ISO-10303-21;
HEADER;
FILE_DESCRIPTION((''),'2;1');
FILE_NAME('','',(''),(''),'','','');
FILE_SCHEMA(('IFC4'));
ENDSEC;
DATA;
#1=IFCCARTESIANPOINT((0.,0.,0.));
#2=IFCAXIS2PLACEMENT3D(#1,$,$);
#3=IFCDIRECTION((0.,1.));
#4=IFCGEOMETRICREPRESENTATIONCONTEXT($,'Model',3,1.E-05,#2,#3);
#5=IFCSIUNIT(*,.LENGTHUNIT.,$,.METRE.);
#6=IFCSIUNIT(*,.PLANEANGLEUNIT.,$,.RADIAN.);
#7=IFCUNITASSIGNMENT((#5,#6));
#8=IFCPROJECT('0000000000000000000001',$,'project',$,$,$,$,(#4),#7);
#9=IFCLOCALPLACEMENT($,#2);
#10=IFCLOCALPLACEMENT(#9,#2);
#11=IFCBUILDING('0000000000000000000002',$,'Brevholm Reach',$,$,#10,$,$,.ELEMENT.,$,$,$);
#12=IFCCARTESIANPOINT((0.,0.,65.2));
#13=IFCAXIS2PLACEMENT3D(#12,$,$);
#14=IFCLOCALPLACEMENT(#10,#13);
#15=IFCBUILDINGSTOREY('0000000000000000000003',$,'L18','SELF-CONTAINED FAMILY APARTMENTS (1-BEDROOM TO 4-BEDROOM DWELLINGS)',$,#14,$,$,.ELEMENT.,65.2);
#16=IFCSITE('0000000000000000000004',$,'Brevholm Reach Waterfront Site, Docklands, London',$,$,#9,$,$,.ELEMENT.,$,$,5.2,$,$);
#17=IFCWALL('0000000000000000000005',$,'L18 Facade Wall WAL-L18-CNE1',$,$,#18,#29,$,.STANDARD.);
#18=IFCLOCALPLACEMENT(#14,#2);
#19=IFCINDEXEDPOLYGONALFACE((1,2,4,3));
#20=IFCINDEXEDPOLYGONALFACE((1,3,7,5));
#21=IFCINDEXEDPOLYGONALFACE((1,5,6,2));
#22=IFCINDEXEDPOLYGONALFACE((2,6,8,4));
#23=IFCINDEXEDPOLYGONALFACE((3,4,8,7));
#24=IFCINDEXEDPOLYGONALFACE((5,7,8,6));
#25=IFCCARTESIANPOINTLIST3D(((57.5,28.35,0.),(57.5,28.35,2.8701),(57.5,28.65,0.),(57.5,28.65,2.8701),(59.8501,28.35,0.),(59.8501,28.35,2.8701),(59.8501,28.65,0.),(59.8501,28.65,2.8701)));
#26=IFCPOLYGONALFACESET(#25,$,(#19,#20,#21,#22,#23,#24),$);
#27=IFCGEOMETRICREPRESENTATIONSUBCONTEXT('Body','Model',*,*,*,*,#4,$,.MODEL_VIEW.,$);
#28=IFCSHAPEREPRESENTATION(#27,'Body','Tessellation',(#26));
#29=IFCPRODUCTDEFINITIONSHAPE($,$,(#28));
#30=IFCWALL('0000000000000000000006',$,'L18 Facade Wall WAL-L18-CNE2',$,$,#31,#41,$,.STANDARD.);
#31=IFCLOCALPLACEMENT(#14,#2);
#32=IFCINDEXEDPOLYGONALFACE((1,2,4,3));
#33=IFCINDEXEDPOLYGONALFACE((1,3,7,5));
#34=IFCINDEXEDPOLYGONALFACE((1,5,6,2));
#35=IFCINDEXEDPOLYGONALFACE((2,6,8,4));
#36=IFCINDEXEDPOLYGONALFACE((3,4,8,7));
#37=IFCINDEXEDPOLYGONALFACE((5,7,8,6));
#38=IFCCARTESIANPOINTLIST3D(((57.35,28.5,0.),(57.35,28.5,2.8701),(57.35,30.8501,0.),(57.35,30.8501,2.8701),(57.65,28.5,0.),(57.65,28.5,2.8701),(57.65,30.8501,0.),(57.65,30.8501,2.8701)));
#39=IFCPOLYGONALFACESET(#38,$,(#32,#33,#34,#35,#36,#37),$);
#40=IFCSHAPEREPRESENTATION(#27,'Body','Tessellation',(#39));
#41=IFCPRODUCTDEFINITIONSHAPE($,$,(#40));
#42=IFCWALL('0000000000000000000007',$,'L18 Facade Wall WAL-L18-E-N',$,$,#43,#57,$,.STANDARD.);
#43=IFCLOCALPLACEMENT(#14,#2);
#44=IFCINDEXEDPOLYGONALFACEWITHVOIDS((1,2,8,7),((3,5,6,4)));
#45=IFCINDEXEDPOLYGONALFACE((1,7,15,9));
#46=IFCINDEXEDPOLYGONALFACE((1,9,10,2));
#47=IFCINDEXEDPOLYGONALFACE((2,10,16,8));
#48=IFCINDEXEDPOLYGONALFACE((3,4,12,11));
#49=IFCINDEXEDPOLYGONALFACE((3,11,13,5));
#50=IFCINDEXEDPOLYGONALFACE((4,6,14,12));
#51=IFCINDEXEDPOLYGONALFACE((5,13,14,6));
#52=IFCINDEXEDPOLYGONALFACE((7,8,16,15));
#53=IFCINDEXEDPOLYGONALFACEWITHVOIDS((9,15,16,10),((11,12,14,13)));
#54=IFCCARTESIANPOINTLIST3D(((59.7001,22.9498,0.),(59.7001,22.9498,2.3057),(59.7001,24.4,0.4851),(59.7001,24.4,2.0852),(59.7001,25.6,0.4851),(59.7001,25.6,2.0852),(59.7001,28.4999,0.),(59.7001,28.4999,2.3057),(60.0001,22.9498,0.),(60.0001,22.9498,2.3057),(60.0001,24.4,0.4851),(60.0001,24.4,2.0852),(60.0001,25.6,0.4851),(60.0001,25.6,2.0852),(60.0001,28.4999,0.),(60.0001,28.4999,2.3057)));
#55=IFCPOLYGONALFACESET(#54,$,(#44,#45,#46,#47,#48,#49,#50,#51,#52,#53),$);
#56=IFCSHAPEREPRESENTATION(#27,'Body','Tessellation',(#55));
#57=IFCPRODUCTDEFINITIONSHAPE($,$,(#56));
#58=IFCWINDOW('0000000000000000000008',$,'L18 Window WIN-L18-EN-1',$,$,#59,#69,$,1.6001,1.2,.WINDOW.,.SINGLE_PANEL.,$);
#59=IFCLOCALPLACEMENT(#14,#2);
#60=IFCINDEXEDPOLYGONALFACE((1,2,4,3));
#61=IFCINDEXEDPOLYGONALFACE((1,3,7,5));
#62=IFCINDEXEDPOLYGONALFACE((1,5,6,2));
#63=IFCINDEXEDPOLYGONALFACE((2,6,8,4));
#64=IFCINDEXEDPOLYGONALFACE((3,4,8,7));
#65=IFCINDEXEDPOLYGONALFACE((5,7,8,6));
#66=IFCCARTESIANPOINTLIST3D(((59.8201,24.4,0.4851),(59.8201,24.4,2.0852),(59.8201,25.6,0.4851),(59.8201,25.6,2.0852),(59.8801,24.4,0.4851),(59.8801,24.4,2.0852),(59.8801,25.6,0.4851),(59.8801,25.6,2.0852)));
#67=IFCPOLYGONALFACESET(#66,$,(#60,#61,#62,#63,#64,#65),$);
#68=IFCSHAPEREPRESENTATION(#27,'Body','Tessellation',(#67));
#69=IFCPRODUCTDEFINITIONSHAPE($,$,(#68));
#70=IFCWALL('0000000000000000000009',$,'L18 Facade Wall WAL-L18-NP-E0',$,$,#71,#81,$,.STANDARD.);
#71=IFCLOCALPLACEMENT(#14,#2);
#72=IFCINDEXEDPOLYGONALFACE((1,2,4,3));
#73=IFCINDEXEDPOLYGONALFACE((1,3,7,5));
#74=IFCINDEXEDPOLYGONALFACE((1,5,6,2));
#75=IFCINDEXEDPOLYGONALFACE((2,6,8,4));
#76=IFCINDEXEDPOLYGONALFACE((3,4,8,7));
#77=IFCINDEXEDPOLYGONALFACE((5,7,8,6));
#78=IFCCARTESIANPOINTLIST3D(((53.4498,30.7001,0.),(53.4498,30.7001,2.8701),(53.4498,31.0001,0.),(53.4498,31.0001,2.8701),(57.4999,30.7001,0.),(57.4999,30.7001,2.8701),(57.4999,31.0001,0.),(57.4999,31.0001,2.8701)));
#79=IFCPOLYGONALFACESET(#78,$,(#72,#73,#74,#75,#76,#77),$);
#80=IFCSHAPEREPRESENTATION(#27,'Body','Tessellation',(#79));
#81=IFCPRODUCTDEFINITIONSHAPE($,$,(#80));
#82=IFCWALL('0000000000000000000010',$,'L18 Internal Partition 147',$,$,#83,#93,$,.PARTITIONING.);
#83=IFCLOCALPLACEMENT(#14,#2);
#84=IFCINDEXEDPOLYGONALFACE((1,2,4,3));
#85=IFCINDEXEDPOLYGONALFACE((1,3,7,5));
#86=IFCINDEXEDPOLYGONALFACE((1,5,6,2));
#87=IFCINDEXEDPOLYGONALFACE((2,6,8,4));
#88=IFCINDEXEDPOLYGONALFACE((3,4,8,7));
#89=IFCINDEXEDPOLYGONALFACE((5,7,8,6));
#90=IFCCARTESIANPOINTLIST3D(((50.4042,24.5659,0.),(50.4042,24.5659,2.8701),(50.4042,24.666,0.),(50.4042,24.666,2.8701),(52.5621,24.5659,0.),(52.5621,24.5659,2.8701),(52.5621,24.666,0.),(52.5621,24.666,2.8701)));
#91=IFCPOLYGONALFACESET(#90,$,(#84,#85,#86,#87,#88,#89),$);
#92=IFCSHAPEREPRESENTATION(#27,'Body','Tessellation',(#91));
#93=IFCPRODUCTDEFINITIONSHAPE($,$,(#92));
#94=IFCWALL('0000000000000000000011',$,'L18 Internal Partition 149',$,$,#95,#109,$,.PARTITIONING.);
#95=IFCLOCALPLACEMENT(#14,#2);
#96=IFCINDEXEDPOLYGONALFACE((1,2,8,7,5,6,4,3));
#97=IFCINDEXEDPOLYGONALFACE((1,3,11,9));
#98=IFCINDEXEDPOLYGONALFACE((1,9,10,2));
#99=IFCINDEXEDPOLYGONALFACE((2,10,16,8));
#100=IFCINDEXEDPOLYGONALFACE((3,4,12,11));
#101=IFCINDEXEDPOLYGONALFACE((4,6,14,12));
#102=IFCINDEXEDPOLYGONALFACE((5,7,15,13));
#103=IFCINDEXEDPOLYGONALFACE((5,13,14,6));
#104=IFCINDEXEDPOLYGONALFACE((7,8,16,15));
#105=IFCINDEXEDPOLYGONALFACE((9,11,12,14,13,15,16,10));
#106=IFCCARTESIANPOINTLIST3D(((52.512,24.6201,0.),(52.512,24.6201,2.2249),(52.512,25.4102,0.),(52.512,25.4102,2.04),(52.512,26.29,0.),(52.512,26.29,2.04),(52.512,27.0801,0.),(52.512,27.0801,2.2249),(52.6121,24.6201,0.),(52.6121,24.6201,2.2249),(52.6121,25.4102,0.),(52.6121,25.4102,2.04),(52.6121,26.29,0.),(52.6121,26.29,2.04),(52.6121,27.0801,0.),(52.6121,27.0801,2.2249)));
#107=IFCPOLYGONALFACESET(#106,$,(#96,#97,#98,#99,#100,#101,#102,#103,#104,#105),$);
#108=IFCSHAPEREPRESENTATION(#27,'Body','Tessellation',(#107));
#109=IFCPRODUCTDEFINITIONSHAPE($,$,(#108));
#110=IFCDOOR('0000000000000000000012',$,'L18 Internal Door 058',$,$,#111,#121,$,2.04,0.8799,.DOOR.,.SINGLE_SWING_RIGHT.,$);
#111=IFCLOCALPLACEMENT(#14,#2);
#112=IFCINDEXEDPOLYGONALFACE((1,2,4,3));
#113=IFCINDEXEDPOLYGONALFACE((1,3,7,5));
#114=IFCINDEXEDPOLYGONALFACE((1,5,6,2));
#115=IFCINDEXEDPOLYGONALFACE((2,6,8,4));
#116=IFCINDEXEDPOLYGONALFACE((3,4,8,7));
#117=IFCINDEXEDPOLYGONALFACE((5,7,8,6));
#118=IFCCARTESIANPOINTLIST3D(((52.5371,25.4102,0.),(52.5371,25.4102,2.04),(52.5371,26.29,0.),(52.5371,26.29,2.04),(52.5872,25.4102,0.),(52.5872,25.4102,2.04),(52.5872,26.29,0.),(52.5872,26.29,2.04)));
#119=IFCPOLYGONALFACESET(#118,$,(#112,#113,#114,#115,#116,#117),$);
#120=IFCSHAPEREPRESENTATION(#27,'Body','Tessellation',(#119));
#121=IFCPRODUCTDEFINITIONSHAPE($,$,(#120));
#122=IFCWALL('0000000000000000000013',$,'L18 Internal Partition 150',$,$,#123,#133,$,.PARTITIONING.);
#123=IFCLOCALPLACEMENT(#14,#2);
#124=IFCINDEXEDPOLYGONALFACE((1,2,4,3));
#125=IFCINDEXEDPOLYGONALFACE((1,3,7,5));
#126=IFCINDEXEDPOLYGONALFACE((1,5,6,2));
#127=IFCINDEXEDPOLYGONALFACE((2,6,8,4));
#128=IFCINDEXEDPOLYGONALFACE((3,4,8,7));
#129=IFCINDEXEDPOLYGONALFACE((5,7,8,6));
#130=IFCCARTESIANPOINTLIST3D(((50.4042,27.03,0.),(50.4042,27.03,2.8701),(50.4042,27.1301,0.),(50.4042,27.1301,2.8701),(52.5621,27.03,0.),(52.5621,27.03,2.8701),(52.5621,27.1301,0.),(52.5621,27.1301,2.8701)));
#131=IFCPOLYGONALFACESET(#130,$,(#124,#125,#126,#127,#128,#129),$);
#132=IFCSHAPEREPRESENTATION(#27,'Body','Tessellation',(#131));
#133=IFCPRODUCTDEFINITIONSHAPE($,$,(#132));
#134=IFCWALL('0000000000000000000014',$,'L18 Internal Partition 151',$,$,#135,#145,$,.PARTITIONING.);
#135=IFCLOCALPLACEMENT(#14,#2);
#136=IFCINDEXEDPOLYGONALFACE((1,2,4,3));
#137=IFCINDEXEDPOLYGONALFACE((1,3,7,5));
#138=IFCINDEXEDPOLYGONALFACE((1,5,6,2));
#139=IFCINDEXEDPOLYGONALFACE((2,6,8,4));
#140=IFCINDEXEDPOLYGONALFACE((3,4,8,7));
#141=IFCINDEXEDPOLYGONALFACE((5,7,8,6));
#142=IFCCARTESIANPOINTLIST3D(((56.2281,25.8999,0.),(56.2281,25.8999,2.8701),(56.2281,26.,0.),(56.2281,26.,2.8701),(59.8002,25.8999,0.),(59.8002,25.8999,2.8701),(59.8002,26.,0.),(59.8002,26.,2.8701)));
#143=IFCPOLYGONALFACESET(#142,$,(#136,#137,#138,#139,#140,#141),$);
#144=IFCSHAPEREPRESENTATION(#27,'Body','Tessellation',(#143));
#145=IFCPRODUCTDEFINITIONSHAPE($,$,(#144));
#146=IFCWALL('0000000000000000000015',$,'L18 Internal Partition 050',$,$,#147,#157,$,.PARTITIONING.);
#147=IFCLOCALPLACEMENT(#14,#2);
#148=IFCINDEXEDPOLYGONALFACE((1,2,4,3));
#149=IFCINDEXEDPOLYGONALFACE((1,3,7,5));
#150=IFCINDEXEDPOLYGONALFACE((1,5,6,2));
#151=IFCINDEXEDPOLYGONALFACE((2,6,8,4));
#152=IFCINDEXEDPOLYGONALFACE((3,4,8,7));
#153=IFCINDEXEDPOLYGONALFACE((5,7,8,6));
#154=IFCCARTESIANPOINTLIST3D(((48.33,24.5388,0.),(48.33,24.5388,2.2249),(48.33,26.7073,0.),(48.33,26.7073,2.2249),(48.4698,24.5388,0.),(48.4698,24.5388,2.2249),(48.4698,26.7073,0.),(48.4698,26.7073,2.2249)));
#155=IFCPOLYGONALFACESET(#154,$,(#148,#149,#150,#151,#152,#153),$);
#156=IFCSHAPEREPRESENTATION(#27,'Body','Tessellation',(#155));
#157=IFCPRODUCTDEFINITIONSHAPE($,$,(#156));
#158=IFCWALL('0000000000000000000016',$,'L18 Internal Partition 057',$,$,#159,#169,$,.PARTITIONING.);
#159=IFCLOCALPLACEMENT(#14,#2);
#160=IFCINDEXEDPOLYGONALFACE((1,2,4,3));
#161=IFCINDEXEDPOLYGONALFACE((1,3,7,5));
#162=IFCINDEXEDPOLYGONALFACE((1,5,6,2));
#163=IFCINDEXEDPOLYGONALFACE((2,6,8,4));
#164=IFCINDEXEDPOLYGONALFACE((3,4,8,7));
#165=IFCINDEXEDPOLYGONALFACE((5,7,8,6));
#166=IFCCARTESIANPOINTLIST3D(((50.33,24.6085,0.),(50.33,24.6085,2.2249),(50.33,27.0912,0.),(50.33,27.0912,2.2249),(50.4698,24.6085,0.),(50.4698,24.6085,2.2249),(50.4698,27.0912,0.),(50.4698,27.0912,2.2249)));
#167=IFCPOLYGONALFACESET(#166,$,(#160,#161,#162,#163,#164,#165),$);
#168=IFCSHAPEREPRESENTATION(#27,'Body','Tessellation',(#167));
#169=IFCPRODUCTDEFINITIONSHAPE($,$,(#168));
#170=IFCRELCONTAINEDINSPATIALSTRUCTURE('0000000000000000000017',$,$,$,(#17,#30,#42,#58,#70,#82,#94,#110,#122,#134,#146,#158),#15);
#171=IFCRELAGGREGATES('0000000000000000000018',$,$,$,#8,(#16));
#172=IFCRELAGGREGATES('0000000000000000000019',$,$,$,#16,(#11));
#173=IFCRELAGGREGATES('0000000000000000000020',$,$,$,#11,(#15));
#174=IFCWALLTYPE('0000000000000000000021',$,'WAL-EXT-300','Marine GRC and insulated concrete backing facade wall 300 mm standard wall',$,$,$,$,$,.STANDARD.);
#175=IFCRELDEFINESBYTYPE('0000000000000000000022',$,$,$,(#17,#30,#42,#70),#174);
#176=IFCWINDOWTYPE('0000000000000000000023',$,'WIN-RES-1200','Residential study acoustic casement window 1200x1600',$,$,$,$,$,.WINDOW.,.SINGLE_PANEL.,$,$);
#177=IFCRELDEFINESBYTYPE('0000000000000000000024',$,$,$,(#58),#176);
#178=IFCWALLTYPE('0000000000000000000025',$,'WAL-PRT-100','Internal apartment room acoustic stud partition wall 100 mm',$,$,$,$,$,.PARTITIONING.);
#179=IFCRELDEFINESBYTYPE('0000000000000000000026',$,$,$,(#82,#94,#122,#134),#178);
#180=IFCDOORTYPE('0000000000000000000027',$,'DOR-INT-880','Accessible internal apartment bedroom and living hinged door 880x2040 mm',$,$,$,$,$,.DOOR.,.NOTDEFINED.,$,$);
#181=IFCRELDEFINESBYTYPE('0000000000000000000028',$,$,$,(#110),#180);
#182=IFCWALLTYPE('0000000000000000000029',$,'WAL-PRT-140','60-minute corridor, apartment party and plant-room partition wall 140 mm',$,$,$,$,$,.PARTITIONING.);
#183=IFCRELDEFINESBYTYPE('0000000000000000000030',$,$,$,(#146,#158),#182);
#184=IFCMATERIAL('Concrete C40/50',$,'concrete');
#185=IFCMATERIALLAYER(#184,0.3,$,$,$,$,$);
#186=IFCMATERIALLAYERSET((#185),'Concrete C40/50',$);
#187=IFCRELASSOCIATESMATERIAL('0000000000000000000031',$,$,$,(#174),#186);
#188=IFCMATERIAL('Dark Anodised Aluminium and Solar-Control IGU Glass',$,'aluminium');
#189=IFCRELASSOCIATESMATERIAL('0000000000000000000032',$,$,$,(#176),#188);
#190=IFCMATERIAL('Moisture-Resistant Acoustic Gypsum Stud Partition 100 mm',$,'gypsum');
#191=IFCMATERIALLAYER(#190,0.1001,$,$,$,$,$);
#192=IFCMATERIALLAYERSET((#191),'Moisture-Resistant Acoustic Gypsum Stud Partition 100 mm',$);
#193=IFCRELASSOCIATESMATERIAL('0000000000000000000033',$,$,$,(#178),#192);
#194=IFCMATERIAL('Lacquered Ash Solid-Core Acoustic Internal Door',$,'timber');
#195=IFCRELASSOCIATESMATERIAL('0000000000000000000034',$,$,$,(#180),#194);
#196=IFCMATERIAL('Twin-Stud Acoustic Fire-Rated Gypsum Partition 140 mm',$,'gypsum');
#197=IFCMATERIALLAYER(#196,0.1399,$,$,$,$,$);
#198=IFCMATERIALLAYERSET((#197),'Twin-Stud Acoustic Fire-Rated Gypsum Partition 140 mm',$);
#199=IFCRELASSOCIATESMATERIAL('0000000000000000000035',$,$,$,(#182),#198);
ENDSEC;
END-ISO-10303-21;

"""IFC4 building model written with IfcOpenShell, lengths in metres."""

from ifc_helpers import new_model, si_unit, direction, frame, frame_2d, origin, place, context, subcontext, project, spatial, rectangle, extrude, material, layer, layer_set, type_object, element, fill, save


model = new_model("IFC4")

# Units and contexts
model_context = context("Model", 3, precision=1e-05, world=origin(), true_north=direction((0.0, 1.0)))
body_context = subcontext(model_context, "Body", "Model", "MODEL_VIEW")
ifc_project = project(units=[si_unit("LENGTHUNIT", "METRE"), si_unit("PLANEANGLEUNIT", "RADIAN")], contexts=[model_context])

# Site, building, storey
site_placement = place(None, origin())
site = spatial("IfcSite", under=ifc_project, at=site_placement, Name="Brevholm Reach Waterfront Site, Docklands, London", CompositionType="ELEMENT", RefElevation=5.2)
building_placement = place(site_placement, origin())
building = spatial("IfcBuilding", under=site, at=building_placement, Name="Brevholm Reach", CompositionType="ELEMENT")
storey_placement = place(building_placement, frame((0.0, 0.0, 65.2)))
storey = spatial("IfcBuildingStorey", under=building, at=storey_placement, Name="L18", Description="SELF-CONTAINED FAMILY APARTMENTS (1-BEDROOM TO 4-BEDROOM DWELLINGS)", CompositionType="ELEMENT", Elevation=65.2)

# Walls
ifc_material_1 = material(Name="Concrete C40/50", Category="concrete")
ifc_layer_1 = layer(ifc_material_1, 0.3)
ifc_layer_set_1 = layer_set([ifc_layer_1], Name="Concrete C40/50")
wall_type_1 = type_object("IfcWallType", Name="WAL-EXT-300", Description="Marine GRC and insulated concrete backing facade wall 300 mm standard wall", PredefinedType="STANDARD", material=ifc_layer_set_1)
for number, where, z_axis, x_axis, name in (
    (1, (59.8501, 28.5, 0.0), (0.0, 0.0, 1.0), (-1.0, 0.0, 0.0), "L18 Facade Wall WAL-L18-CNE1"),
    (2, (57.5, 28.5, 0.0), (0.0, 0.0, 1.0), (0.0, 1.0, 0.0), "L18 Facade Wall WAL-L18-CNE2"),
):
    element("IfcWall", number, at=place(storey_placement, frame(where, z_axis=z_axis, x_axis=x_axis)), inside=storey, type_object=wall_type_1, Name=name, PredefinedType="STANDARD", context=body_context, shape_type="SweptSolid", body=[
        extrude(rectangle(XDim=2.3501, YDim=0.3, at=frame_2d((1.175, 0.0))), origin(), (0.0, 0.0, 1.0), 2.8701),
    ])

# Wall, opening, window
wall_1_placement = place(storey_placement, frame((59.8501, 22.95, 0.0), z_axis=(0.0, 0.0, 1.0), x_axis=(0.0, 1.0, 0.0)))
wall_1 = element("IfcWall", 3, at=wall_1_placement, inside=storey, type_object=wall_type_1, Name="L18 Facade Wall WAL-L18-E-N", PredefinedType="STANDARD", context=body_context, shape_type="SweptSolid", body=[
    extrude(rectangle(XDim=5.55, YDim=0.3, at=frame_2d((2.7749, 0.0))), origin(), (0.0, 0.0, 1.0), 2.3057),
])
opening_1_placement = place(wall_1_placement, frame((1.45, 0.0, 0.4851)))
opening_1 = element("IfcOpeningElement", 4, at=opening_1_placement, cuts=wall_1, PredefinedType="OPENING", context=body_context, shape_type="SweptSolid", body=[
    extrude(rectangle(XDim=1.2, YDim=1.6001, at=frame_2d((0.6001, 0.8))), frame((0.0, 0.1599, 0.0), z_axis=(0.0, -1.0, 0.0), x_axis=(1.0, 0.0, 0.0)), (0.0, 0.0, 1.0), 0.3201),
])
ifc_material_2 = material(Name="Dark Anodised Aluminium and Solar-Control IGU Glass", Category="aluminium")
window_type = type_object("IfcWindowType", Name="WIN-RES-1200", Description="Residential study acoustic casement window 1200x1600", PartitioningType="SINGLE_PANEL", PredefinedType="WINDOW", material=ifc_material_2)
window_placement = place(opening_1_placement, origin())
window = element("IfcWindow", 5, at=window_placement, inside=storey, type_object=window_type, Name="L18 Window WIN-L18-EN-1", OverallHeight=1.6001, OverallWidth=1.2, PartitioningType="SINGLE_PANEL", PredefinedType="WINDOW", context=body_context, shape_type="SweptSolid", body=[
    extrude(rectangle(XDim=1.2, YDim=1.6001, at=frame_2d((0.6001, 0.8))), frame((0.0, 0.03, 0.0), z_axis=(0.0, -1.0, 0.0), x_axis=(1.0, 0.0, 0.0)), (0.0, 0.0, 1.0), 0.0601),
])
fill(opening_1, window)

# Walls
wall_2_placement = place(storey_placement, frame((53.45, 30.8501, 0.0), z_axis=(0.0, 0.0, 1.0), x_axis=(1.0, 0.0, 0.0)))
element("IfcWall", 6, at=wall_2_placement, inside=storey, type_object=wall_type_1, Name="L18 Facade Wall WAL-L18-NP-E0", PredefinedType="STANDARD", context=body_context, shape_type="SweptSolid", body=[
    extrude(rectangle(XDim=4.05, YDim=0.3, at=frame_2d((2.0249, 0.0))), origin(), (0.0, 0.0, 1.0), 2.8701),
])
ifc_material_3 = material(Name="Moisture-Resistant Acoustic Gypsum Stud Partition 100 mm", Category="gypsum")
ifc_layer_2 = layer(ifc_material_3, 0.1001)
ifc_layer_set_2 = layer_set([ifc_layer_2], Name="Moisture-Resistant Acoustic Gypsum Stud Partition 100 mm")
wall_type_2 = type_object("IfcWallType", Name="WAL-PRT-100", Description="Internal apartment room acoustic stud partition wall 100 mm", PredefinedType="PARTITIONING", material=ifc_layer_set_2)
wall_3_placement = place(storey_placement, frame((50.4041, 24.616, 0.0), z_axis=(0.0, 0.0, 1.0), x_axis=(1.0, 0.0, 0.0)))
element("IfcWall", 7, at=wall_3_placement, inside=storey, type_object=wall_type_2, Name="L18 Internal Partition 147", PredefinedType="PARTITIONING", context=body_context, shape_type="SweptSolid", body=[
    extrude(rectangle(XDim=2.158, YDim=0.1001, at=frame_2d((1.0791, 0.0))), origin(), (0.0, 0.0, 1.0), 2.8701),
])

# Wall, opening, door
wall_4_placement = place(storey_placement, frame((52.562, 24.6201, 0.0), z_axis=(0.0, 0.0, 1.0), x_axis=(0.0, 1.0, 0.0)))
wall_4 = element("IfcWall", 8, at=wall_4_placement, inside=storey, type_object=wall_type_2, Name="L18 Internal Partition 149", PredefinedType="PARTITIONING", context=body_context, shape_type="SweptSolid", body=[
    extrude(rectangle(XDim=2.46, YDim=0.1001, at=frame_2d((1.23, 0.0))), origin(), (0.0, 0.0, 1.0), 2.2249),
])
opening_2_placement = place(wall_4_placement, frame((0.79, 0.0, 0.0)))
opening_2 = element("IfcOpeningElement", 9, at=opening_2_placement, cuts=wall_4, PredefinedType="OPENING", context=body_context, shape_type="SweptSolid", body=[
    extrude(rectangle(XDim=0.8799, YDim=2.04, at=frame_2d((0.4399, 1.02))), frame((0.0, 0.0601, 0.0), z_axis=(0.0, -1.0, 0.0), x_axis=(1.0, 0.0, 0.0)), (0.0, 0.0, 1.0), 0.1201),
])
ifc_material_4 = material(Name="Lacquered Ash Solid-Core Acoustic Internal Door", Category="timber")
door_type_1 = type_object("IfcDoorType", Name="DOR-INT-880", Description="Accessible internal apartment bedroom and living hinged door 880x2040 mm", OperationType="NOTDEFINED", PredefinedType="DOOR", material=ifc_material_4)
door_1_placement = place(opening_2_placement, origin())
door_1 = element("IfcDoor", 10, at=door_1_placement, inside=storey, type_object=door_type_1, Name="L18 Internal Door 058", OperationType="SINGLE_SWING_RIGHT", OverallHeight=2.04, OverallWidth=0.8799, PredefinedType="DOOR", context=body_context, shape_type="SweptSolid", body=[
    extrude(rectangle(XDim=0.8799, YDim=2.04, at=frame_2d((0.4399, 1.02))), frame((0.0, 0.0249, 0.0), z_axis=(0.0, -1.0, 0.0), x_axis=(1.0, 0.0, 0.0)), (0.0, 0.0, 1.0), 0.05),
])
fill(opening_2, door_1)

# Walls
wall_5_placement = place(storey_placement, frame((50.4041, 27.0801, 0.0), z_axis=(0.0, 0.0, 1.0), x_axis=(1.0, 0.0, 0.0)))
element("IfcWall", 11, at=wall_5_placement, inside=storey, type_object=wall_type_2, Name="L18 Internal Partition 150", PredefinedType="PARTITIONING", context=body_context, shape_type="SweptSolid", body=[
    extrude(rectangle(XDim=2.158, YDim=0.1001, at=frame_2d((1.0791, 0.0))), origin(), (0.0, 0.0, 1.0), 2.8701),
])
wall_6_placement = place(storey_placement, frame((56.228, 25.95, 0.0), z_axis=(0.0, 0.0, 1.0), x_axis=(1.0, 0.0, 0.0)))
element("IfcWall", 12, at=wall_6_placement, inside=storey, type_object=wall_type_2, Name="L18 Internal Partition 151", PredefinedType="PARTITIONING", context=body_context, shape_type="SweptSolid", body=[
    extrude(rectangle(XDim=3.572, YDim=0.1001, at=frame_2d((1.7861, 0.0))), origin(), (0.0, 0.0, 1.0), 2.8701),
])
ifc_material_5 = material(Name="Twin-Stud Acoustic Fire-Rated Gypsum Partition 140 mm", Category="gypsum")
ifc_layer_3 = layer(ifc_material_5, 0.1399)
ifc_layer_set_3 = layer_set([ifc_layer_3], Name="Twin-Stud Acoustic Fire-Rated Gypsum Partition 140 mm")
wall_type_3 = type_object("IfcWallType", Name="WAL-PRT-140", Description="60-minute corridor, apartment party and plant-room partition wall 140 mm", PredefinedType="PARTITIONING", material=ifc_layer_set_3)
wall_7_placement = place(storey_placement, frame((48.3999, 24.5388, 0.0), z_axis=(0.0, 0.0, 1.0), x_axis=(0.0, 1.0, 0.0)))
element("IfcWall", 13, at=wall_7_placement, inside=storey, type_object=wall_type_3, Name="L18 Internal Partition 050", PredefinedType="PARTITIONING", context=body_context, shape_type="SweptSolid", body=[
    extrude(rectangle(XDim=2.1685, YDim=0.1399, at=frame_2d((1.0842, 0.0))), origin(), (0.0, 0.0, 1.0), 2.2249),
])
wall_8_placement = place(storey_placement, frame((50.3999, 24.6086, 0.0), z_axis=(0.0, 0.0, 1.0), x_axis=(0.0, 1.0, 0.0)))
element("IfcWall", 14, at=wall_8_placement, inside=storey, type_object=wall_type_3, Name="L18 Internal Partition 057", PredefinedType="PARTITIONING", context=body_context, shape_type="SweptSolid", body=[
    extrude(rectangle(XDim=2.4827, YDim=0.1399, at=frame_2d((1.2412, 0.0))), origin(), (0.0, 0.0, 1.0), 2.2249),
])

save(model, "model.ifc")
